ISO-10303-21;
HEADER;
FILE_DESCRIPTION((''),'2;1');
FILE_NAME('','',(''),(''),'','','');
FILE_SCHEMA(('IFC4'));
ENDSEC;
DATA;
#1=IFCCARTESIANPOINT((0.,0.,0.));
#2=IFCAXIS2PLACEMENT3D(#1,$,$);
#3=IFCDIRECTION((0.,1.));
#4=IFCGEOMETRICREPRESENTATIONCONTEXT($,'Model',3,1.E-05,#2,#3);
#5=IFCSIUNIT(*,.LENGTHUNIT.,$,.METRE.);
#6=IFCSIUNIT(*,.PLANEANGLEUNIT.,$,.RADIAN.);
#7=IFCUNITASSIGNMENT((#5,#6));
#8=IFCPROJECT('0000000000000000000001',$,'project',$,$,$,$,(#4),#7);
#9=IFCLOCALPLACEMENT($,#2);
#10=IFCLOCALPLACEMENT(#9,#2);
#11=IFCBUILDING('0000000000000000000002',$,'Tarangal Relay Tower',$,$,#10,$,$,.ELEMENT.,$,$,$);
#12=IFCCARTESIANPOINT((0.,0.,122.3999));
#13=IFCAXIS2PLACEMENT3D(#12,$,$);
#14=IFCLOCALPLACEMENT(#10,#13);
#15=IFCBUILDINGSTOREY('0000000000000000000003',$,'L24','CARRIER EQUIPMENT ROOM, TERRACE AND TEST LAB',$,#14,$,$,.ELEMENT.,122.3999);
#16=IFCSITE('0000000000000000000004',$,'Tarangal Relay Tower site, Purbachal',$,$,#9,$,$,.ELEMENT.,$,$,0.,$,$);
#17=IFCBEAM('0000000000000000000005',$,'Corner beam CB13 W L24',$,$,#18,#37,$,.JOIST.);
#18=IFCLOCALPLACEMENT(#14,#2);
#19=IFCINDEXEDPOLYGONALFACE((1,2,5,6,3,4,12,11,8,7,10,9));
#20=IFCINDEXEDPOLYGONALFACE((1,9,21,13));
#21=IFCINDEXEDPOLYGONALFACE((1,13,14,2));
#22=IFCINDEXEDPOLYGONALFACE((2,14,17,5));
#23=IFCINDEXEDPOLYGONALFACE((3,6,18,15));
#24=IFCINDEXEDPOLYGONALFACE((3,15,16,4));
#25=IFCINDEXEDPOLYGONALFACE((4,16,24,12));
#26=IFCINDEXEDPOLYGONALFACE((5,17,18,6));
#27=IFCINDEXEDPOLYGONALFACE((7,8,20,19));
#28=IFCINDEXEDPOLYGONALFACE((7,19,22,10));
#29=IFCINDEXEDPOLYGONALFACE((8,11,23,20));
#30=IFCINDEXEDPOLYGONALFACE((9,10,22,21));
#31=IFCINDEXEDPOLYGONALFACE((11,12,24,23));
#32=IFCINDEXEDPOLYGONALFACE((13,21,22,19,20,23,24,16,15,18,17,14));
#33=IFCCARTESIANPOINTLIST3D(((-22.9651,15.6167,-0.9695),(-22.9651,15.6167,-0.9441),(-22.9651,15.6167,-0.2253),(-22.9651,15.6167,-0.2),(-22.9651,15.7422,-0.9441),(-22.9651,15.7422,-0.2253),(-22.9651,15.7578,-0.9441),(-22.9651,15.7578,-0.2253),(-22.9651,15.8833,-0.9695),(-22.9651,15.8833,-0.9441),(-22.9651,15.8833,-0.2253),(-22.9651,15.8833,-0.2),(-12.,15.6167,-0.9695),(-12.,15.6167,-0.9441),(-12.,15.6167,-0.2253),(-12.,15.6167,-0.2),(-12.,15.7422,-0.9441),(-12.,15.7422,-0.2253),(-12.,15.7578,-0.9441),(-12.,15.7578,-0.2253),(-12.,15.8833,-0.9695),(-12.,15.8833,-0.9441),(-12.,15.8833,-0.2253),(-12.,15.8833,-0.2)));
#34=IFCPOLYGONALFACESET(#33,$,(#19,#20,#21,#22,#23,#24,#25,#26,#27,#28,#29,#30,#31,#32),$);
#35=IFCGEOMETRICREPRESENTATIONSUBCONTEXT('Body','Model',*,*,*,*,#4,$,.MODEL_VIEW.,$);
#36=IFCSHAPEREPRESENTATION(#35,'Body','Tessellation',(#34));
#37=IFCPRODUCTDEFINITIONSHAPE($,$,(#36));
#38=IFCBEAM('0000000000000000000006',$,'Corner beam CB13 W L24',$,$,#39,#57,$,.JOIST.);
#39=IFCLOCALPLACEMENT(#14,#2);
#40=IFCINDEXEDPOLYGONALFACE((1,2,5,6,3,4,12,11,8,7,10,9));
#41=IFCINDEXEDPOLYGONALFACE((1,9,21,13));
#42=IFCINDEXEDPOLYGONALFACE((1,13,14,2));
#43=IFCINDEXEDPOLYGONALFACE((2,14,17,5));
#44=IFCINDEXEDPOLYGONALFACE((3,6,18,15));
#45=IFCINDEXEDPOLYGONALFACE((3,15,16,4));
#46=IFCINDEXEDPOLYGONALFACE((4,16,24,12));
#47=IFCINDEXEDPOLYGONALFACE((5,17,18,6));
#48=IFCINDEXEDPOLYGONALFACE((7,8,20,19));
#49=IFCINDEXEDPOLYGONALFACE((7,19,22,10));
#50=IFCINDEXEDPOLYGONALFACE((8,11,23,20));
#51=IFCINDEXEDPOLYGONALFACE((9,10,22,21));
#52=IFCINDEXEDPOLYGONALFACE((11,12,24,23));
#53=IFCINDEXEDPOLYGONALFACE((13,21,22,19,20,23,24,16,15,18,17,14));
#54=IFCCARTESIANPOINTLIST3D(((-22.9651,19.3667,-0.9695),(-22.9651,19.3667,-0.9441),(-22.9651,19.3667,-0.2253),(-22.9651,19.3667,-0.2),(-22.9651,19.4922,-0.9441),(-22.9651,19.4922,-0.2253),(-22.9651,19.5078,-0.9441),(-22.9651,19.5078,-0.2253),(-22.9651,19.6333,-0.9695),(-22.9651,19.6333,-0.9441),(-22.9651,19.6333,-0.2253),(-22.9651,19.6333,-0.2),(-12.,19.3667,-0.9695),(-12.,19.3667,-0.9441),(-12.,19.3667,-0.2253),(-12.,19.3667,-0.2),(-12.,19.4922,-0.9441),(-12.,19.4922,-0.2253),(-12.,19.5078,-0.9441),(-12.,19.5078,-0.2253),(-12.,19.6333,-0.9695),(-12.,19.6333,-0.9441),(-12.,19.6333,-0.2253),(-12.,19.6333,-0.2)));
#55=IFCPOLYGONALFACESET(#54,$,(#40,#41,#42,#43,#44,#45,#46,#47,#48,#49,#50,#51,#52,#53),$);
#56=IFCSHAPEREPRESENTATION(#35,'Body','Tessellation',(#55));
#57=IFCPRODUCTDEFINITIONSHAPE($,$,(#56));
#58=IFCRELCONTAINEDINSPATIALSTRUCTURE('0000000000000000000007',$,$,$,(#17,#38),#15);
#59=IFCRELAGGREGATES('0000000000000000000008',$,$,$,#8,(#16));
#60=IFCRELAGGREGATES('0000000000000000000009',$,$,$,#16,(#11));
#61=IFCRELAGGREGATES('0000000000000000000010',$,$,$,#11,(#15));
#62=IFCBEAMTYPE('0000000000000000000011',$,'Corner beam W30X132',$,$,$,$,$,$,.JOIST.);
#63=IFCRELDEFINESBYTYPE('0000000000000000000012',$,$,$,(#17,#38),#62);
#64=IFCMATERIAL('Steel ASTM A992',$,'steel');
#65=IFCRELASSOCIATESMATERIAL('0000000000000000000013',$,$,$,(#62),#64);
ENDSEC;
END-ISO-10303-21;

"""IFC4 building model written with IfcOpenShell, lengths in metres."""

from ifc_helpers import new_model, si_unit, direction, frame, origin, origin_2d, place, context, subcontext, project, spatial, i_section, extrude, material, material_profile, profile_set, type_object, element, save


model = new_model("IFC4")

# Units and contexts
model_context = context("Model", 3, precision=1e-05, world=origin(), true_north=direction((0.0, 1.0)))
body_context = subcontext(model_context, "Body", "Model", "MODEL_VIEW")
ifc_project = project(units=[si_unit("LENGTHUNIT", "METRE"), si_unit("PLANEANGLEUNIT", "RADIAN")], contexts=[model_context])

# Site, building, storey
site_placement = place(None, origin())
site = spatial("IfcSite", under=ifc_project, at=site_placement, Name="Tarangal Relay Tower site, Purbachal", CompositionType="ELEMENT", RefElevation=0.0)
building_placement = place(site_placement, origin())
building = spatial("IfcBuilding", under=site, at=building_placement, Name="Tarangal Relay Tower", CompositionType="ELEMENT")
storey_placement = place(building_placement, frame((0.0, 0.0, 122.3999)))
storey = spatial("IfcBuildingStorey", under=building, at=storey_placement, Name="L24", Description="CARRIER EQUIPMENT ROOM, TERRACE AND TEST LAB", CompositionType="ELEMENT", Elevation=122.3999)

# Beams
ifc_material_1 = material(Name="Steel ASTM A992", Category="steel")
ifc_material_profile = material_profile(ifc_material_1, i_section(OverallWidth=0.2666, OverallDepth=0.7695, WebThickness=0.0156, FlangeThickness=0.0254, at=origin_2d()), Name="W30X132")
ifc_profile_set = profile_set([ifc_material_profile], Name="Steel ASTM A992")
beam_type = type_object("IfcBeamType", Name="Corner beam W30X132", PredefinedType="JOIST", material=ifc_profile_set)
for number, where, z_axis, x_axis, name in (
    (1, (-12.0, 15.75, -0.5847), (-1.0, 0.0, 0.0), (0.0, -1.0, 0.0), "Corner beam CB13 W L24"),
    (2, (-12.0, 19.5, -0.5847), (-1.0, 0.0, 0.0), (0.0, -1.0, 0.0), "Corner beam CB13 W L24"),
):
    element("IfcBeam", number, at=place(storey_placement, frame(where, z_axis=z_axis, x_axis=x_axis)), inside=storey, type_object=beam_type, Name=name, PredefinedType="JOIST", context=body_context, shape_type="SweptSolid", body=[
        extrude(i_section(OverallWidth=0.2666, OverallDepth=0.7695, WebThickness=0.0156, FlangeThickness=0.0254, at=origin_2d()), origin(), (0.0, 0.0, 1.0), 10.9651),
    ])

save(model, "model.ifc")
